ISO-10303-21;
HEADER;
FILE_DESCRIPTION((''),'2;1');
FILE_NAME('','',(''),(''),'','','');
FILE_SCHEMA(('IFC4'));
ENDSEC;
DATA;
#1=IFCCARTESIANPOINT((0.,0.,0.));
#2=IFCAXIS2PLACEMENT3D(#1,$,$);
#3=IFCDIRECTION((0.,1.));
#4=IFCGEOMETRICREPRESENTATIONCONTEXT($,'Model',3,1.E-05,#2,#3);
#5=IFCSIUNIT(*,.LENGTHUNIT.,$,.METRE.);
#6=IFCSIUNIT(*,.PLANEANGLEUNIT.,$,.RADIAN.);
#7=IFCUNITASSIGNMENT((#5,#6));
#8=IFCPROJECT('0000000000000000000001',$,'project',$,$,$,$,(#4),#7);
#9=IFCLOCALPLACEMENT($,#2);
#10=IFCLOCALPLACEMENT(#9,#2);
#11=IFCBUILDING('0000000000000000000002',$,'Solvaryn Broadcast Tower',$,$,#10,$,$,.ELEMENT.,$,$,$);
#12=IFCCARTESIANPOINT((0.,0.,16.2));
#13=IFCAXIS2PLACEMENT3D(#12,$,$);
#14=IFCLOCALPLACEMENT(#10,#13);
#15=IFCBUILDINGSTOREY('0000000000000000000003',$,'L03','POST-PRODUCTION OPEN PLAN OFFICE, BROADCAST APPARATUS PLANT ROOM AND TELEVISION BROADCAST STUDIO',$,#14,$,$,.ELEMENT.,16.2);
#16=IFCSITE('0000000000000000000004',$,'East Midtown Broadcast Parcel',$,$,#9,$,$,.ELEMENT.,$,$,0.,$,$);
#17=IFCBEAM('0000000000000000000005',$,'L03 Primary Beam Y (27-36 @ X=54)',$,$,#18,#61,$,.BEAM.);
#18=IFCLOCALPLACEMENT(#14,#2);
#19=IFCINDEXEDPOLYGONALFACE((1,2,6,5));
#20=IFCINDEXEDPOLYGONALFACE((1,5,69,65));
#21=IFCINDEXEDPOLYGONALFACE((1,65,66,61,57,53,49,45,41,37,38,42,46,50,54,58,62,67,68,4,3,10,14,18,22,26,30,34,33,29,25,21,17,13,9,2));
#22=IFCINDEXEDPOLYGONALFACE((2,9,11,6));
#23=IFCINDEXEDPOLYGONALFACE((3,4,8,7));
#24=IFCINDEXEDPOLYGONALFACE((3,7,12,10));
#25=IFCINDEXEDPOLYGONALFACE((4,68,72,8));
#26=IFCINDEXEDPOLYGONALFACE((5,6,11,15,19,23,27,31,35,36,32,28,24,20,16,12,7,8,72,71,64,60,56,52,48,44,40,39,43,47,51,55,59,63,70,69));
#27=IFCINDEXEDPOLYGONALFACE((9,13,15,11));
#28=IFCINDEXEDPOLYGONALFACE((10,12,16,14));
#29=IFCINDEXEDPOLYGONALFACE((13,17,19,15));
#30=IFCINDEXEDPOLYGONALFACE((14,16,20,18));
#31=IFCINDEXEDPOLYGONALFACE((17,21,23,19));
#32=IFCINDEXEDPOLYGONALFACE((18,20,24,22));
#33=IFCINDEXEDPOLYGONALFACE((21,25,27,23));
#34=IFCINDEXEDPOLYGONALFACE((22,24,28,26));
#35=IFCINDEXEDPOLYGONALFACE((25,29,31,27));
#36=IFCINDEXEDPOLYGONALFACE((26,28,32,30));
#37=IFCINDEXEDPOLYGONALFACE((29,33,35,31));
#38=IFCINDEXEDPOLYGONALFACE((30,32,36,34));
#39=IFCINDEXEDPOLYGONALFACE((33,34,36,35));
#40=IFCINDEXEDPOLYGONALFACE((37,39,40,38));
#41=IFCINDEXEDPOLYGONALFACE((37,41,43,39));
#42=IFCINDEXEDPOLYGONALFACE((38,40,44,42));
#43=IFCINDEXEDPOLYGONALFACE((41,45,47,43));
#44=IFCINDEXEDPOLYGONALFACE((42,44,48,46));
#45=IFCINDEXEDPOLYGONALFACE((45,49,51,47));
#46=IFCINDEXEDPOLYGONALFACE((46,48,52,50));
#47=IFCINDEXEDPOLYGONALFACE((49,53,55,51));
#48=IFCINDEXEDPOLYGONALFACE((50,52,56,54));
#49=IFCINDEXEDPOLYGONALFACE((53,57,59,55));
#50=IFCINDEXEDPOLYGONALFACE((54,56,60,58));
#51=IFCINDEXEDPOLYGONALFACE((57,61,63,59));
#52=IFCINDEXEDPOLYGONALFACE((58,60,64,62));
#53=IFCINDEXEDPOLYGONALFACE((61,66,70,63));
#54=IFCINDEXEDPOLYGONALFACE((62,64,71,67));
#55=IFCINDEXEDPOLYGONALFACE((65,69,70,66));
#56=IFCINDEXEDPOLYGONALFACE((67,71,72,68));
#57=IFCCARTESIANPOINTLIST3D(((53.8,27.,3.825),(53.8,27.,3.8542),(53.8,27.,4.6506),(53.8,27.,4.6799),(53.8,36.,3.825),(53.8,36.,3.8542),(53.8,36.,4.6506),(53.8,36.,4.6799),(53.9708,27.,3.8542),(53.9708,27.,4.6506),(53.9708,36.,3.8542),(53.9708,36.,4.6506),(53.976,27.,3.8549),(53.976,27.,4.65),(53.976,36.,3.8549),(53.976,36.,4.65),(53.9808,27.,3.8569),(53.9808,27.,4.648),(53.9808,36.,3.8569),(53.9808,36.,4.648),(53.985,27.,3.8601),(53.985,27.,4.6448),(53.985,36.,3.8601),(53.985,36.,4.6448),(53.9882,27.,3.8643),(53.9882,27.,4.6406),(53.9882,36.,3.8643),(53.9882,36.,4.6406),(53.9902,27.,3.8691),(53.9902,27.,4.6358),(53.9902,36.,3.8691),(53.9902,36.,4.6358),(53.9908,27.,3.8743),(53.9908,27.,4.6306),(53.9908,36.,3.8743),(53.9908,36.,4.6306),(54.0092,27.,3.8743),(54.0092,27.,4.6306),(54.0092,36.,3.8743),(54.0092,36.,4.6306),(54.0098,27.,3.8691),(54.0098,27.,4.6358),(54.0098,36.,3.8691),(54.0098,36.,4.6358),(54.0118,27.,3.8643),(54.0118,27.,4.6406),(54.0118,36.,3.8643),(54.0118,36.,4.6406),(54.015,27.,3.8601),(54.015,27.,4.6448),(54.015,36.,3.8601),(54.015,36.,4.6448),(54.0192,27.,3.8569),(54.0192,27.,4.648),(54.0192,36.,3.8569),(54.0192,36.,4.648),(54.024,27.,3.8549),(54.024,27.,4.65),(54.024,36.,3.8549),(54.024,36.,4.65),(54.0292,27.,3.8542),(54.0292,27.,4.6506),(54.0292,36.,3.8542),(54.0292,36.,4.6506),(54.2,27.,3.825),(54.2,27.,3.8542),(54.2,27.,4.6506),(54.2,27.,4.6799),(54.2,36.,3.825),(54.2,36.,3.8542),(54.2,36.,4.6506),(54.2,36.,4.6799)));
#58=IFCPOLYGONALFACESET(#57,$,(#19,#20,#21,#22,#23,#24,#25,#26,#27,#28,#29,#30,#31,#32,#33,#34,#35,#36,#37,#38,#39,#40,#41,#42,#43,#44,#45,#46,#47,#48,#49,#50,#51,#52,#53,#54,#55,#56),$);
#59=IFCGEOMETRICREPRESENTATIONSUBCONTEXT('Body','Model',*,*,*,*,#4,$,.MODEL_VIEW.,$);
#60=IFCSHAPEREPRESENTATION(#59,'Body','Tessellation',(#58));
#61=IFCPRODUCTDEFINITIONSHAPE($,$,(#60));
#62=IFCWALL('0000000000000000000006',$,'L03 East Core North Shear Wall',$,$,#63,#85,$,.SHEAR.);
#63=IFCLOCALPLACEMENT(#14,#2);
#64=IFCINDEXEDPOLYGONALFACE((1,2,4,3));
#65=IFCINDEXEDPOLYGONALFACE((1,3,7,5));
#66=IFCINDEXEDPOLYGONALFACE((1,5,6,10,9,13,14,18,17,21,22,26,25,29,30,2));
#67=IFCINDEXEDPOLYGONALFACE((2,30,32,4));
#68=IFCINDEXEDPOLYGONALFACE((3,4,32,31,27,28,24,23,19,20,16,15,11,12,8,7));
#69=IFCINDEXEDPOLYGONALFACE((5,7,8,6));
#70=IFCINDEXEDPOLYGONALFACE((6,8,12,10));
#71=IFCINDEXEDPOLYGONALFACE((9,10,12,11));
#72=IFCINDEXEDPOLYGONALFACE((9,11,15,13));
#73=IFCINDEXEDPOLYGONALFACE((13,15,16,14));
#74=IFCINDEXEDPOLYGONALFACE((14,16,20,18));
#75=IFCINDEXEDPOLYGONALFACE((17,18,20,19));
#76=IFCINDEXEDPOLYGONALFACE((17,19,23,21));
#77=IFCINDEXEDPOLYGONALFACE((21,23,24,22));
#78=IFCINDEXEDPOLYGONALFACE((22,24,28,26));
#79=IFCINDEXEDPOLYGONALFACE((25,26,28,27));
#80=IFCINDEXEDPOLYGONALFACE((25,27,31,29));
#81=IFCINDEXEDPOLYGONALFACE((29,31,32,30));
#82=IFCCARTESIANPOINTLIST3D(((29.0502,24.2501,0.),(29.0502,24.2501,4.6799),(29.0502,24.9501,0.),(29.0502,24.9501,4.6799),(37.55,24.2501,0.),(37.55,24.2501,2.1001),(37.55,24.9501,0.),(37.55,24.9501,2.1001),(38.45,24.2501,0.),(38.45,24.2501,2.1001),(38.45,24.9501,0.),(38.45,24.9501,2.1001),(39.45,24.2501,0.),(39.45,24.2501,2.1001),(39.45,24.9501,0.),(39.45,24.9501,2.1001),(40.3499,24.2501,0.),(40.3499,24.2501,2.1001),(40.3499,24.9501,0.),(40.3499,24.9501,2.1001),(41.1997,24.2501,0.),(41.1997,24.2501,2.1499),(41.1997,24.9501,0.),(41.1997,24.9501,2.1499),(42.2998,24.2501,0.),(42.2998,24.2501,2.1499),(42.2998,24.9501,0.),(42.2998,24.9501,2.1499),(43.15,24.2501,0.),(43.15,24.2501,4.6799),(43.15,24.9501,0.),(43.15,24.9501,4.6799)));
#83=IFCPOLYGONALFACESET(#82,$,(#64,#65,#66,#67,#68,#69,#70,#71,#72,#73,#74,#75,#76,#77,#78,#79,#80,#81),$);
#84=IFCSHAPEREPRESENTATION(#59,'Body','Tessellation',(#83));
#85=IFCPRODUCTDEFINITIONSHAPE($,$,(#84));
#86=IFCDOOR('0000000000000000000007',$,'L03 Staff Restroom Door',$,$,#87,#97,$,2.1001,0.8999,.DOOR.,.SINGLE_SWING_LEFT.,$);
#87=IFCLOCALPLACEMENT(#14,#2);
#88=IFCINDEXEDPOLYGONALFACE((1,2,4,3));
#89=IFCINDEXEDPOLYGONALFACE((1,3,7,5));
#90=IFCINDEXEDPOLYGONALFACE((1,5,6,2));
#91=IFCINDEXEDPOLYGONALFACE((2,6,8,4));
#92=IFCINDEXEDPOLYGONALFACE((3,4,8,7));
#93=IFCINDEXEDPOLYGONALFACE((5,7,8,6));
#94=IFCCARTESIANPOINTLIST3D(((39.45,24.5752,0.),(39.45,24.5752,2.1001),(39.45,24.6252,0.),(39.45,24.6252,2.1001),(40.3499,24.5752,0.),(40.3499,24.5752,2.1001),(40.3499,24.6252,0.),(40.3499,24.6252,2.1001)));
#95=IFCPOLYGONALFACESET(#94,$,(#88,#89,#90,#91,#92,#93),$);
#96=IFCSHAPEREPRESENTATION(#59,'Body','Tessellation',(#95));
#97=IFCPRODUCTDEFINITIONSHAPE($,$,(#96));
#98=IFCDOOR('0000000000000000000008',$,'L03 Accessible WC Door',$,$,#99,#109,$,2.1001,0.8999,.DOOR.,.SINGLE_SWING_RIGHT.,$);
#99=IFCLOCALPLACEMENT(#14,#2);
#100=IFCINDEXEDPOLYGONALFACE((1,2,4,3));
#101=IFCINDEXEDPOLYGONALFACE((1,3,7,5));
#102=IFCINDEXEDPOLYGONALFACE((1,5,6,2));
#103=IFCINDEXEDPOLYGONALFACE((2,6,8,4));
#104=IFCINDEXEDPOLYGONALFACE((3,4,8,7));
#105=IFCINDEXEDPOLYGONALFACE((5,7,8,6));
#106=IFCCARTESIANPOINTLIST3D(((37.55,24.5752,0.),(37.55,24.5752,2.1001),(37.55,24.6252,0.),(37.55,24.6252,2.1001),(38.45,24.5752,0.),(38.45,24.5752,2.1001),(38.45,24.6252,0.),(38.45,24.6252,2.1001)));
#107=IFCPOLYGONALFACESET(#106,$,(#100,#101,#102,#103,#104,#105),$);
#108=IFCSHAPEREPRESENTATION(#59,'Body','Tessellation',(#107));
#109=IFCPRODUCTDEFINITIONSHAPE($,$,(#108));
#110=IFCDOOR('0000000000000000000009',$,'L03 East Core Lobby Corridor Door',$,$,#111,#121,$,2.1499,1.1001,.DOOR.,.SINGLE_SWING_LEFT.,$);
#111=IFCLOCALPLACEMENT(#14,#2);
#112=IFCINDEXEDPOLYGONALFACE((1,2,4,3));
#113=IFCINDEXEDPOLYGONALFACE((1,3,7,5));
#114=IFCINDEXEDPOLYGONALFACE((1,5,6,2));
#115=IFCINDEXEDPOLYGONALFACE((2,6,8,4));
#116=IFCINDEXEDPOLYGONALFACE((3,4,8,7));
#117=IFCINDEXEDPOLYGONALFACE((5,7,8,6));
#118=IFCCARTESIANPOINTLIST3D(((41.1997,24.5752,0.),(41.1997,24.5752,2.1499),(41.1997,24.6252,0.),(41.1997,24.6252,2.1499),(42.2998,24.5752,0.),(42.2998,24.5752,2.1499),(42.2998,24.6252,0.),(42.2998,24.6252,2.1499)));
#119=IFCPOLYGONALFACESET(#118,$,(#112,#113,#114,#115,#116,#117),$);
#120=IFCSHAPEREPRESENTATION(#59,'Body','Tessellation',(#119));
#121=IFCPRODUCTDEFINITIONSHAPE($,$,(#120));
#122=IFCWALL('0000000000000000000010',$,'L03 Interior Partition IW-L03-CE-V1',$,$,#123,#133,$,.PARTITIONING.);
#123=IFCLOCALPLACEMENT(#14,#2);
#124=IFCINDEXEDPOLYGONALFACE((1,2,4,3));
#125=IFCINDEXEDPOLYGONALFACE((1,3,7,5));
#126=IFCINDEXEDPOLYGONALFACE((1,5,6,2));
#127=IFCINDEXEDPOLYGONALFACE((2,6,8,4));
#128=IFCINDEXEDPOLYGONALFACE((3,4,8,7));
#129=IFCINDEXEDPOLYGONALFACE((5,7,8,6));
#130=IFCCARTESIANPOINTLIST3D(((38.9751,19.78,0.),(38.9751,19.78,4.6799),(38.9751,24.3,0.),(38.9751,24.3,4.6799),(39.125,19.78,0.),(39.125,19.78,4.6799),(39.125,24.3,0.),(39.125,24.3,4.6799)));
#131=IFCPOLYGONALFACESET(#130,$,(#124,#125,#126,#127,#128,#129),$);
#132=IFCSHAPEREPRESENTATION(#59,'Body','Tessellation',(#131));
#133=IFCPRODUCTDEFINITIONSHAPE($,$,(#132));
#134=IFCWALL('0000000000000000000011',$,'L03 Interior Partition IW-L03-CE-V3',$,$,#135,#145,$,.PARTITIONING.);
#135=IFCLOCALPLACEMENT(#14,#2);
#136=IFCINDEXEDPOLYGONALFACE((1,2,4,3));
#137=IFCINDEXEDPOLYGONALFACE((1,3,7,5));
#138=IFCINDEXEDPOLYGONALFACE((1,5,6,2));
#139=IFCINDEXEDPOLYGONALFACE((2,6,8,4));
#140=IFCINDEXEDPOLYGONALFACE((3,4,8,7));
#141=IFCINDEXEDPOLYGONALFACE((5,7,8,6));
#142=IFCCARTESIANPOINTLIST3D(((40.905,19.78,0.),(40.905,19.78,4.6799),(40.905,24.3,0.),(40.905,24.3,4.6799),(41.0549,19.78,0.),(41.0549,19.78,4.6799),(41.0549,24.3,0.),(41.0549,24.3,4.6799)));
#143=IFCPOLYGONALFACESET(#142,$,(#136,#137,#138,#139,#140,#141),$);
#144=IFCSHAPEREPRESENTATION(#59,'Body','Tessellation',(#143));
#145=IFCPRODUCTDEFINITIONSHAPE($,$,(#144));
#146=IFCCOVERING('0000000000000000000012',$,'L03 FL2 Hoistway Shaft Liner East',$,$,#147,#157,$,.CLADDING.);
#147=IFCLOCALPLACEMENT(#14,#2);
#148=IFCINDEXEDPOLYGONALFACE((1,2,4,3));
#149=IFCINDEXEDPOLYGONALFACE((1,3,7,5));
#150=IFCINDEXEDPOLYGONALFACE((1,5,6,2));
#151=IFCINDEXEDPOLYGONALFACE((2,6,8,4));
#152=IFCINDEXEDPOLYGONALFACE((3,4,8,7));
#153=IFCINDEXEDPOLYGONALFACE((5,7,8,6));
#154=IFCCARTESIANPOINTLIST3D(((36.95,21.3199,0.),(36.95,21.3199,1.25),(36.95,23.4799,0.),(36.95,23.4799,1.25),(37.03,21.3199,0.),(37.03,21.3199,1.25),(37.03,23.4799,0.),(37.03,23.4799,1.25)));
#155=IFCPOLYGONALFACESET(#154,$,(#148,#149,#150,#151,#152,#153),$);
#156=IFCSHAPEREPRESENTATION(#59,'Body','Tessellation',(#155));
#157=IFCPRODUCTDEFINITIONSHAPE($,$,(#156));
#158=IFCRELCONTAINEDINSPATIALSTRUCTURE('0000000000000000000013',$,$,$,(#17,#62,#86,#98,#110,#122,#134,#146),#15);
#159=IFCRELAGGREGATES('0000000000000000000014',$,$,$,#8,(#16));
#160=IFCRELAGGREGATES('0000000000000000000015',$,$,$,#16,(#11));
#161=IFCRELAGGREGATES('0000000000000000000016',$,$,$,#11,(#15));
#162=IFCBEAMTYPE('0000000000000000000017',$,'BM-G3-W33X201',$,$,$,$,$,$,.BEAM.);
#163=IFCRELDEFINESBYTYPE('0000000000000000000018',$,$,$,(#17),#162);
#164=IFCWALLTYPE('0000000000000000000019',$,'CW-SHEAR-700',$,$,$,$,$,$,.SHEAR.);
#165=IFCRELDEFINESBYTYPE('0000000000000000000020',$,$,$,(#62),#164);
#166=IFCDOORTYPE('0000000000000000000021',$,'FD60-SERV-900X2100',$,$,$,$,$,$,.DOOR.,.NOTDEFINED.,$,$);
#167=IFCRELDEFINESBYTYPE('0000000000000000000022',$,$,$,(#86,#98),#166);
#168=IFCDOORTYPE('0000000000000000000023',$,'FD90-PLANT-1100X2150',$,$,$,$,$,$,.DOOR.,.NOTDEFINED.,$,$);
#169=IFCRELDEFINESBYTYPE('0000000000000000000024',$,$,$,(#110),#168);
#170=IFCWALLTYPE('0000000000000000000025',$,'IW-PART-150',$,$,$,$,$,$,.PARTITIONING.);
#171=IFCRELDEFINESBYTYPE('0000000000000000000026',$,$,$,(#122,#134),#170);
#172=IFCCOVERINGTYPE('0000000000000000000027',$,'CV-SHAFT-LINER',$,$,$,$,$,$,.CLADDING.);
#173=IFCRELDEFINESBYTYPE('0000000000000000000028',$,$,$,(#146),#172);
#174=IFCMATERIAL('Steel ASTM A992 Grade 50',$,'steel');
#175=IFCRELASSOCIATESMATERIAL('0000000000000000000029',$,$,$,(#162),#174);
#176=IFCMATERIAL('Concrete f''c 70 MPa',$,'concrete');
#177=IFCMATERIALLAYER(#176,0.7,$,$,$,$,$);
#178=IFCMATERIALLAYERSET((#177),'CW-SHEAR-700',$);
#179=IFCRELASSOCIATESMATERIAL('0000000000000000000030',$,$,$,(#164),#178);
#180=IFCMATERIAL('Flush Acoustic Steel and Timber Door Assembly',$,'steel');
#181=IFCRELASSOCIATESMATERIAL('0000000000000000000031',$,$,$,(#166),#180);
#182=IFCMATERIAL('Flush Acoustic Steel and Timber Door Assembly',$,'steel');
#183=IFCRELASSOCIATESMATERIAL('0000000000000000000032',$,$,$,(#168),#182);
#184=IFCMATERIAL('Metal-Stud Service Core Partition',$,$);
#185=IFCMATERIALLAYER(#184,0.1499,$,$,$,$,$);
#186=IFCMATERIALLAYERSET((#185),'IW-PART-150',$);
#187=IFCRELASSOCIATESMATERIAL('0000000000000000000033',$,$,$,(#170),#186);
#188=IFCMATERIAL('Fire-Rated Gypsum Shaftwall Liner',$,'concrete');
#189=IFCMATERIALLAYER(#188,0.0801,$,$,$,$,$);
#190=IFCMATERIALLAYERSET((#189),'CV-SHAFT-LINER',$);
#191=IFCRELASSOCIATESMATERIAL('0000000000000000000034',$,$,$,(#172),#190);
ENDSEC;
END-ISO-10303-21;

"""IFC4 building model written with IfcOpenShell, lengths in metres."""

from ifc_helpers import new_model, si_unit, direction, frame, frame_2d, origin, origin_2d, place, context, subcontext, project, spatial, rectangle, i_section, extrude, material, layer, layer_set, material_profile, profile_set, type_object, element, fill, save


model = new_model("IFC4")

# Units and contexts
model_context = context("Model", 3, precision=1e-05, world=origin(), true_north=direction((0.0, 1.0)))
body_context = subcontext(model_context, "Body", "Model", "MODEL_VIEW")
ifc_project = project(units=[si_unit("LENGTHUNIT", "METRE"), si_unit("PLANEANGLEUNIT", "RADIAN")], contexts=[model_context])

# Site, building, storey
site_placement = place(None, origin())
site = spatial("IfcSite", under=ifc_project, at=site_placement, Name="East Midtown Broadcast Parcel", CompositionType="ELEMENT", RefElevation=0.0)
building_placement = place(site_placement, origin())
building = spatial("IfcBuilding", under=site, at=building_placement, Name="Solvaryn Broadcast Tower", CompositionType="ELEMENT")
storey_placement = place(building_placement, frame((0.0, 0.0, 16.2)))
storey = spatial("IfcBuildingStorey", under=building, at=storey_placement, Name="L03", Description="POST-PRODUCTION OPEN PLAN OFFICE, BROADCAST APPARATUS PLANT ROOM AND TELEVISION BROADCAST STUDIO", CompositionType="ELEMENT", Elevation=16.2)

# Beam
ifc_material_1 = material(Name="Steel ASTM A992 Grade 50", Category="steel")
ifc_material_profile_1 = material_profile(ifc_material_1, i_section(OverallWidth=0.3999, OverallDepth=0.855, WebThickness=0.0183, FlangeThickness=0.0293, FilletRadius=0.02, at=origin_2d()))
ifc_profile_set_1 = profile_set([ifc_material_profile_1], Name="Steel ASTM A992 Grade 50")
beam_type_1 = type_object("IfcBeamType", Name="BM-G3-W33X201", PredefinedType="BEAM", material=ifc_profile_set_1)
for number, where, z_axis, x_axis, name in (
    (1, (54.0, 27.0, 4.2524), (0.0, 1.0, 0.0), (-1.0, 0.0, 0.0), "L03 Primary Beam Y (27-36 @ X=54)"),
):
    element("IfcBeam", number, at=place(storey_placement, frame(where, z_axis=z_axis, x_axis=x_axis)), inside=storey, type_object=beam_type_1, Name=name, PredefinedType="BEAM", context=body_context, shape_type="SweptSolid", body=[
        extrude(i_section(OverallWidth=0.3999, OverallDepth=0.855, WebThickness=0.0183, FlangeThickness=0.0293, FilletRadius=0.02, at=origin_2d()), origin(), (0.0, 0.0, 1.0), 9.0),
    ])

# Wall, openings, doors
ifc_material_2 = material(Name="Concrete f'c 70 MPa", Category="concrete")
ifc_layer_1 = layer(ifc_material_2, 0.7)
ifc_layer_set_1 = layer_set([ifc_layer_1], Name="CW-SHEAR-700")
wall_type_1 = type_object("IfcWallType", Name="CW-SHEAR-700", PredefinedType="SHEAR", material=ifc_layer_set_1)
wall_1_placement = place(storey_placement, frame((43.1499, 24.6001, 0.0), z_axis=(0.0, 0.0, 1.0), x_axis=(-1.0, 0.0, 0.0)))
wall_1 = element("IfcWall", 2, at=wall_1_placement, inside=storey, type_object=wall_type_1, Name="L03 East Core North Shear Wall", PredefinedType="SHEAR", context=body_context, shape_type="SweptSolid", body=[
    extrude(rectangle(XDim=14.0999, YDim=0.7, at=frame_2d((7.0498, 0.0))), origin(), (0.0, 0.0, 1.0), 4.6799),
])
opening_1_placement = place(wall_1_placement, frame((0.8501, 0.0, 0.0)))
opening_1 = element("IfcOpeningElement", 3, at=opening_1_placement, cuts=wall_1, PredefinedType="OPENING", context=body_context, shape_type="SweptSolid", body=[
    extrude(rectangle(XDim=1.1001, YDim=2.1499, at=frame_2d((0.55, 1.075))), frame((0.0, 0.3601, 0.0), z_axis=(0.0, -1.0, 0.0), x_axis=(1.0, 0.0, 0.0)), (0.0, 0.0, 1.0), 0.72),
])
opening_2_placement = place(wall_1_placement, frame((2.8, 0.0, 0.0)))
opening_2 = element("IfcOpeningElement", 4, at=opening_2_placement, cuts=wall_1, PredefinedType="OPENING", context=body_context, shape_type="SweptSolid", body=[
    extrude(rectangle(XDim=0.8999, YDim=2.1001, at=frame_2d((0.45, 1.05))), frame((0.0, 0.3601, 0.0), z_axis=(0.0, -1.0, 0.0), x_axis=(1.0, 0.0, 0.0)), (0.0, 0.0, 1.0), 0.72),
])
opening_3_placement = place(wall_1_placement, frame((4.7, 0.0, 0.0)))
opening_3 = element("IfcOpeningElement", 5, at=opening_3_placement, cuts=wall_1, PredefinedType="OPENING", context=body_context, shape_type="SweptSolid", body=[
    extrude(rectangle(XDim=0.8999, YDim=2.1001, at=frame_2d((0.45, 1.05))), frame((0.0, 0.3601, 0.0), z_axis=(0.0, -1.0, 0.0), x_axis=(1.0, 0.0, 0.0)), (0.0, 0.0, 1.0), 0.72),
])
ifc_material_3 = material(Name="Flush Acoustic Steel and Timber Door Assembly", Category="steel")
door_type_1 = type_object("IfcDoorType", Name="FD60-SERV-900X2100", OperationType="NOTDEFINED", PredefinedType="DOOR", material=ifc_material_3)
door_1_placement = place(opening_2_placement, origin())
door_1 = element("IfcDoor", 6, at=door_1_placement, inside=storey, type_object=door_type_1, Name="L03 Staff Restroom Door", OperationType="SINGLE_SWING_LEFT", OverallHeight=2.1001, OverallWidth=0.8999, PredefinedType="DOOR", context=body_context, shape_type="SweptSolid", body=[
    extrude(rectangle(XDim=0.8999, YDim=2.1001, at=frame_2d((0.45, 1.05))), frame((0.0, 0.0249, 0.0), z_axis=(0.0, -1.0, 0.0), x_axis=(1.0, 0.0, 0.0)), (0.0, 0.0, 1.0), 0.05),
])
fill(opening_2, door_1)
door_2_placement = place(opening_3_placement, origin())
door_2 = element("IfcDoor", 7, at=door_2_placement, inside=storey, type_object=door_type_1, Name="L03 Accessible WC Door", OperationType="SINGLE_SWING_RIGHT", OverallHeight=2.1001, OverallWidth=0.8999, PredefinedType="DOOR", context=body_context, shape_type="SweptSolid", body=[
    extrude(rectangle(XDim=0.8999, YDim=2.1001, at=frame_2d((0.45, 1.05))), frame((0.0, 0.0249, 0.0), z_axis=(0.0, -1.0, 0.0), x_axis=(1.0, 0.0, 0.0)), (0.0, 0.0, 1.0), 0.05),
])
fill(opening_3, door_2)
ifc_material_4 = material(Name="Flush Acoustic Steel and Timber Door Assembly", Category="steel")
door_type_2 = type_object("IfcDoorType", Name="FD90-PLANT-1100X2150", OperationType="NOTDEFINED", PredefinedType="DOOR", material=ifc_material_4)
door_3_placement = place(opening_1_placement, origin())
door_3 = element("IfcDoor", 8, at=door_3_placement, inside=storey, type_object=door_type_2, Name="L03 East Core Lobby Corridor Door", OperationType="SINGLE_SWING_LEFT", OverallHeight=2.1499, OverallWidth=1.1001, PredefinedType="DOOR", context=body_context, shape_type="SweptSolid", body=[
    extrude(rectangle(XDim=1.1001, YDim=2.1499, at=frame_2d((0.55, 1.075))), frame((0.0, 0.0249, 0.0), z_axis=(0.0, -1.0, 0.0), x_axis=(1.0, 0.0, 0.0)), (0.0, 0.0, 1.0), 0.05),
])
fill(opening_1, door_3)

# Walls
ifc_material_5 = material(Name="Metal-Stud Service Core Partition")
ifc_layer_2 = layer(ifc_material_5, 0.1499)
ifc_layer_set_2 = layer_set([ifc_layer_2], Name="IW-PART-150")
wall_type_2 = type_object("IfcWallType", Name="IW-PART-150", PredefinedType="PARTITIONING", material=ifc_layer_set_2)
for number, where, z_axis, x_axis, name in (
    (9, (39.05, 19.78, 0.0), (0.0, 0.0, 1.0), (0.0, 1.0, 0.0), "L03 Interior Partition IW-L03-CE-V1"),
    (10, (40.98, 19.78, 0.0), (0.0, 0.0, 1.0), (0.0, 1.0, 0.0), "L03 Interior Partition IW-L03-CE-V3"),
):
    element("IfcWall", number, at=place(storey_placement, frame(where, z_axis=z_axis, x_axis=x_axis)), inside=storey, type_object=wall_type_2, Name=name, PredefinedType="PARTITIONING", context=body_context, shape_type="SweptSolid", body=[
        extrude(rectangle(XDim=4.52, YDim=0.1499, at=frame_2d((2.26, 0.0))), origin(), (0.0, 0.0, 1.0), 4.6799),
    ])

# Covering
ifc_material_6 = material(Name="Fire-Rated Gypsum Shaftwall Liner", Category="concrete")
ifc_layer_3 = layer(ifc_material_6, 0.0801)
ifc_layer_set_3 = layer_set([ifc_layer_3], Name="CV-SHAFT-LINER")
covering_type = type_object("IfcCoveringType", Name="CV-SHAFT-LINER", PredefinedType="CLADDING", material=ifc_layer_set_3)
covering_placement = place(storey_placement, frame((36.99, 22.3999, 0.0), z_axis=(0.0, 0.0, 1.0), x_axis=(1.0, 0.0, 0.0)))
element("IfcCovering", 11, at=covering_placement, inside=storey, type_object=covering_type, Name="L03 FL2 Hoistway Shaft Liner East", PredefinedType="CLADDING", context=body_context, shape_type="SweptSolid", body=[
    extrude(rectangle(XDim=0.0801, YDim=2.1599, at=origin_2d()), origin(), (0.0, 0.0, 1.0), 1.25),
])

save(model, "model.ifc")
